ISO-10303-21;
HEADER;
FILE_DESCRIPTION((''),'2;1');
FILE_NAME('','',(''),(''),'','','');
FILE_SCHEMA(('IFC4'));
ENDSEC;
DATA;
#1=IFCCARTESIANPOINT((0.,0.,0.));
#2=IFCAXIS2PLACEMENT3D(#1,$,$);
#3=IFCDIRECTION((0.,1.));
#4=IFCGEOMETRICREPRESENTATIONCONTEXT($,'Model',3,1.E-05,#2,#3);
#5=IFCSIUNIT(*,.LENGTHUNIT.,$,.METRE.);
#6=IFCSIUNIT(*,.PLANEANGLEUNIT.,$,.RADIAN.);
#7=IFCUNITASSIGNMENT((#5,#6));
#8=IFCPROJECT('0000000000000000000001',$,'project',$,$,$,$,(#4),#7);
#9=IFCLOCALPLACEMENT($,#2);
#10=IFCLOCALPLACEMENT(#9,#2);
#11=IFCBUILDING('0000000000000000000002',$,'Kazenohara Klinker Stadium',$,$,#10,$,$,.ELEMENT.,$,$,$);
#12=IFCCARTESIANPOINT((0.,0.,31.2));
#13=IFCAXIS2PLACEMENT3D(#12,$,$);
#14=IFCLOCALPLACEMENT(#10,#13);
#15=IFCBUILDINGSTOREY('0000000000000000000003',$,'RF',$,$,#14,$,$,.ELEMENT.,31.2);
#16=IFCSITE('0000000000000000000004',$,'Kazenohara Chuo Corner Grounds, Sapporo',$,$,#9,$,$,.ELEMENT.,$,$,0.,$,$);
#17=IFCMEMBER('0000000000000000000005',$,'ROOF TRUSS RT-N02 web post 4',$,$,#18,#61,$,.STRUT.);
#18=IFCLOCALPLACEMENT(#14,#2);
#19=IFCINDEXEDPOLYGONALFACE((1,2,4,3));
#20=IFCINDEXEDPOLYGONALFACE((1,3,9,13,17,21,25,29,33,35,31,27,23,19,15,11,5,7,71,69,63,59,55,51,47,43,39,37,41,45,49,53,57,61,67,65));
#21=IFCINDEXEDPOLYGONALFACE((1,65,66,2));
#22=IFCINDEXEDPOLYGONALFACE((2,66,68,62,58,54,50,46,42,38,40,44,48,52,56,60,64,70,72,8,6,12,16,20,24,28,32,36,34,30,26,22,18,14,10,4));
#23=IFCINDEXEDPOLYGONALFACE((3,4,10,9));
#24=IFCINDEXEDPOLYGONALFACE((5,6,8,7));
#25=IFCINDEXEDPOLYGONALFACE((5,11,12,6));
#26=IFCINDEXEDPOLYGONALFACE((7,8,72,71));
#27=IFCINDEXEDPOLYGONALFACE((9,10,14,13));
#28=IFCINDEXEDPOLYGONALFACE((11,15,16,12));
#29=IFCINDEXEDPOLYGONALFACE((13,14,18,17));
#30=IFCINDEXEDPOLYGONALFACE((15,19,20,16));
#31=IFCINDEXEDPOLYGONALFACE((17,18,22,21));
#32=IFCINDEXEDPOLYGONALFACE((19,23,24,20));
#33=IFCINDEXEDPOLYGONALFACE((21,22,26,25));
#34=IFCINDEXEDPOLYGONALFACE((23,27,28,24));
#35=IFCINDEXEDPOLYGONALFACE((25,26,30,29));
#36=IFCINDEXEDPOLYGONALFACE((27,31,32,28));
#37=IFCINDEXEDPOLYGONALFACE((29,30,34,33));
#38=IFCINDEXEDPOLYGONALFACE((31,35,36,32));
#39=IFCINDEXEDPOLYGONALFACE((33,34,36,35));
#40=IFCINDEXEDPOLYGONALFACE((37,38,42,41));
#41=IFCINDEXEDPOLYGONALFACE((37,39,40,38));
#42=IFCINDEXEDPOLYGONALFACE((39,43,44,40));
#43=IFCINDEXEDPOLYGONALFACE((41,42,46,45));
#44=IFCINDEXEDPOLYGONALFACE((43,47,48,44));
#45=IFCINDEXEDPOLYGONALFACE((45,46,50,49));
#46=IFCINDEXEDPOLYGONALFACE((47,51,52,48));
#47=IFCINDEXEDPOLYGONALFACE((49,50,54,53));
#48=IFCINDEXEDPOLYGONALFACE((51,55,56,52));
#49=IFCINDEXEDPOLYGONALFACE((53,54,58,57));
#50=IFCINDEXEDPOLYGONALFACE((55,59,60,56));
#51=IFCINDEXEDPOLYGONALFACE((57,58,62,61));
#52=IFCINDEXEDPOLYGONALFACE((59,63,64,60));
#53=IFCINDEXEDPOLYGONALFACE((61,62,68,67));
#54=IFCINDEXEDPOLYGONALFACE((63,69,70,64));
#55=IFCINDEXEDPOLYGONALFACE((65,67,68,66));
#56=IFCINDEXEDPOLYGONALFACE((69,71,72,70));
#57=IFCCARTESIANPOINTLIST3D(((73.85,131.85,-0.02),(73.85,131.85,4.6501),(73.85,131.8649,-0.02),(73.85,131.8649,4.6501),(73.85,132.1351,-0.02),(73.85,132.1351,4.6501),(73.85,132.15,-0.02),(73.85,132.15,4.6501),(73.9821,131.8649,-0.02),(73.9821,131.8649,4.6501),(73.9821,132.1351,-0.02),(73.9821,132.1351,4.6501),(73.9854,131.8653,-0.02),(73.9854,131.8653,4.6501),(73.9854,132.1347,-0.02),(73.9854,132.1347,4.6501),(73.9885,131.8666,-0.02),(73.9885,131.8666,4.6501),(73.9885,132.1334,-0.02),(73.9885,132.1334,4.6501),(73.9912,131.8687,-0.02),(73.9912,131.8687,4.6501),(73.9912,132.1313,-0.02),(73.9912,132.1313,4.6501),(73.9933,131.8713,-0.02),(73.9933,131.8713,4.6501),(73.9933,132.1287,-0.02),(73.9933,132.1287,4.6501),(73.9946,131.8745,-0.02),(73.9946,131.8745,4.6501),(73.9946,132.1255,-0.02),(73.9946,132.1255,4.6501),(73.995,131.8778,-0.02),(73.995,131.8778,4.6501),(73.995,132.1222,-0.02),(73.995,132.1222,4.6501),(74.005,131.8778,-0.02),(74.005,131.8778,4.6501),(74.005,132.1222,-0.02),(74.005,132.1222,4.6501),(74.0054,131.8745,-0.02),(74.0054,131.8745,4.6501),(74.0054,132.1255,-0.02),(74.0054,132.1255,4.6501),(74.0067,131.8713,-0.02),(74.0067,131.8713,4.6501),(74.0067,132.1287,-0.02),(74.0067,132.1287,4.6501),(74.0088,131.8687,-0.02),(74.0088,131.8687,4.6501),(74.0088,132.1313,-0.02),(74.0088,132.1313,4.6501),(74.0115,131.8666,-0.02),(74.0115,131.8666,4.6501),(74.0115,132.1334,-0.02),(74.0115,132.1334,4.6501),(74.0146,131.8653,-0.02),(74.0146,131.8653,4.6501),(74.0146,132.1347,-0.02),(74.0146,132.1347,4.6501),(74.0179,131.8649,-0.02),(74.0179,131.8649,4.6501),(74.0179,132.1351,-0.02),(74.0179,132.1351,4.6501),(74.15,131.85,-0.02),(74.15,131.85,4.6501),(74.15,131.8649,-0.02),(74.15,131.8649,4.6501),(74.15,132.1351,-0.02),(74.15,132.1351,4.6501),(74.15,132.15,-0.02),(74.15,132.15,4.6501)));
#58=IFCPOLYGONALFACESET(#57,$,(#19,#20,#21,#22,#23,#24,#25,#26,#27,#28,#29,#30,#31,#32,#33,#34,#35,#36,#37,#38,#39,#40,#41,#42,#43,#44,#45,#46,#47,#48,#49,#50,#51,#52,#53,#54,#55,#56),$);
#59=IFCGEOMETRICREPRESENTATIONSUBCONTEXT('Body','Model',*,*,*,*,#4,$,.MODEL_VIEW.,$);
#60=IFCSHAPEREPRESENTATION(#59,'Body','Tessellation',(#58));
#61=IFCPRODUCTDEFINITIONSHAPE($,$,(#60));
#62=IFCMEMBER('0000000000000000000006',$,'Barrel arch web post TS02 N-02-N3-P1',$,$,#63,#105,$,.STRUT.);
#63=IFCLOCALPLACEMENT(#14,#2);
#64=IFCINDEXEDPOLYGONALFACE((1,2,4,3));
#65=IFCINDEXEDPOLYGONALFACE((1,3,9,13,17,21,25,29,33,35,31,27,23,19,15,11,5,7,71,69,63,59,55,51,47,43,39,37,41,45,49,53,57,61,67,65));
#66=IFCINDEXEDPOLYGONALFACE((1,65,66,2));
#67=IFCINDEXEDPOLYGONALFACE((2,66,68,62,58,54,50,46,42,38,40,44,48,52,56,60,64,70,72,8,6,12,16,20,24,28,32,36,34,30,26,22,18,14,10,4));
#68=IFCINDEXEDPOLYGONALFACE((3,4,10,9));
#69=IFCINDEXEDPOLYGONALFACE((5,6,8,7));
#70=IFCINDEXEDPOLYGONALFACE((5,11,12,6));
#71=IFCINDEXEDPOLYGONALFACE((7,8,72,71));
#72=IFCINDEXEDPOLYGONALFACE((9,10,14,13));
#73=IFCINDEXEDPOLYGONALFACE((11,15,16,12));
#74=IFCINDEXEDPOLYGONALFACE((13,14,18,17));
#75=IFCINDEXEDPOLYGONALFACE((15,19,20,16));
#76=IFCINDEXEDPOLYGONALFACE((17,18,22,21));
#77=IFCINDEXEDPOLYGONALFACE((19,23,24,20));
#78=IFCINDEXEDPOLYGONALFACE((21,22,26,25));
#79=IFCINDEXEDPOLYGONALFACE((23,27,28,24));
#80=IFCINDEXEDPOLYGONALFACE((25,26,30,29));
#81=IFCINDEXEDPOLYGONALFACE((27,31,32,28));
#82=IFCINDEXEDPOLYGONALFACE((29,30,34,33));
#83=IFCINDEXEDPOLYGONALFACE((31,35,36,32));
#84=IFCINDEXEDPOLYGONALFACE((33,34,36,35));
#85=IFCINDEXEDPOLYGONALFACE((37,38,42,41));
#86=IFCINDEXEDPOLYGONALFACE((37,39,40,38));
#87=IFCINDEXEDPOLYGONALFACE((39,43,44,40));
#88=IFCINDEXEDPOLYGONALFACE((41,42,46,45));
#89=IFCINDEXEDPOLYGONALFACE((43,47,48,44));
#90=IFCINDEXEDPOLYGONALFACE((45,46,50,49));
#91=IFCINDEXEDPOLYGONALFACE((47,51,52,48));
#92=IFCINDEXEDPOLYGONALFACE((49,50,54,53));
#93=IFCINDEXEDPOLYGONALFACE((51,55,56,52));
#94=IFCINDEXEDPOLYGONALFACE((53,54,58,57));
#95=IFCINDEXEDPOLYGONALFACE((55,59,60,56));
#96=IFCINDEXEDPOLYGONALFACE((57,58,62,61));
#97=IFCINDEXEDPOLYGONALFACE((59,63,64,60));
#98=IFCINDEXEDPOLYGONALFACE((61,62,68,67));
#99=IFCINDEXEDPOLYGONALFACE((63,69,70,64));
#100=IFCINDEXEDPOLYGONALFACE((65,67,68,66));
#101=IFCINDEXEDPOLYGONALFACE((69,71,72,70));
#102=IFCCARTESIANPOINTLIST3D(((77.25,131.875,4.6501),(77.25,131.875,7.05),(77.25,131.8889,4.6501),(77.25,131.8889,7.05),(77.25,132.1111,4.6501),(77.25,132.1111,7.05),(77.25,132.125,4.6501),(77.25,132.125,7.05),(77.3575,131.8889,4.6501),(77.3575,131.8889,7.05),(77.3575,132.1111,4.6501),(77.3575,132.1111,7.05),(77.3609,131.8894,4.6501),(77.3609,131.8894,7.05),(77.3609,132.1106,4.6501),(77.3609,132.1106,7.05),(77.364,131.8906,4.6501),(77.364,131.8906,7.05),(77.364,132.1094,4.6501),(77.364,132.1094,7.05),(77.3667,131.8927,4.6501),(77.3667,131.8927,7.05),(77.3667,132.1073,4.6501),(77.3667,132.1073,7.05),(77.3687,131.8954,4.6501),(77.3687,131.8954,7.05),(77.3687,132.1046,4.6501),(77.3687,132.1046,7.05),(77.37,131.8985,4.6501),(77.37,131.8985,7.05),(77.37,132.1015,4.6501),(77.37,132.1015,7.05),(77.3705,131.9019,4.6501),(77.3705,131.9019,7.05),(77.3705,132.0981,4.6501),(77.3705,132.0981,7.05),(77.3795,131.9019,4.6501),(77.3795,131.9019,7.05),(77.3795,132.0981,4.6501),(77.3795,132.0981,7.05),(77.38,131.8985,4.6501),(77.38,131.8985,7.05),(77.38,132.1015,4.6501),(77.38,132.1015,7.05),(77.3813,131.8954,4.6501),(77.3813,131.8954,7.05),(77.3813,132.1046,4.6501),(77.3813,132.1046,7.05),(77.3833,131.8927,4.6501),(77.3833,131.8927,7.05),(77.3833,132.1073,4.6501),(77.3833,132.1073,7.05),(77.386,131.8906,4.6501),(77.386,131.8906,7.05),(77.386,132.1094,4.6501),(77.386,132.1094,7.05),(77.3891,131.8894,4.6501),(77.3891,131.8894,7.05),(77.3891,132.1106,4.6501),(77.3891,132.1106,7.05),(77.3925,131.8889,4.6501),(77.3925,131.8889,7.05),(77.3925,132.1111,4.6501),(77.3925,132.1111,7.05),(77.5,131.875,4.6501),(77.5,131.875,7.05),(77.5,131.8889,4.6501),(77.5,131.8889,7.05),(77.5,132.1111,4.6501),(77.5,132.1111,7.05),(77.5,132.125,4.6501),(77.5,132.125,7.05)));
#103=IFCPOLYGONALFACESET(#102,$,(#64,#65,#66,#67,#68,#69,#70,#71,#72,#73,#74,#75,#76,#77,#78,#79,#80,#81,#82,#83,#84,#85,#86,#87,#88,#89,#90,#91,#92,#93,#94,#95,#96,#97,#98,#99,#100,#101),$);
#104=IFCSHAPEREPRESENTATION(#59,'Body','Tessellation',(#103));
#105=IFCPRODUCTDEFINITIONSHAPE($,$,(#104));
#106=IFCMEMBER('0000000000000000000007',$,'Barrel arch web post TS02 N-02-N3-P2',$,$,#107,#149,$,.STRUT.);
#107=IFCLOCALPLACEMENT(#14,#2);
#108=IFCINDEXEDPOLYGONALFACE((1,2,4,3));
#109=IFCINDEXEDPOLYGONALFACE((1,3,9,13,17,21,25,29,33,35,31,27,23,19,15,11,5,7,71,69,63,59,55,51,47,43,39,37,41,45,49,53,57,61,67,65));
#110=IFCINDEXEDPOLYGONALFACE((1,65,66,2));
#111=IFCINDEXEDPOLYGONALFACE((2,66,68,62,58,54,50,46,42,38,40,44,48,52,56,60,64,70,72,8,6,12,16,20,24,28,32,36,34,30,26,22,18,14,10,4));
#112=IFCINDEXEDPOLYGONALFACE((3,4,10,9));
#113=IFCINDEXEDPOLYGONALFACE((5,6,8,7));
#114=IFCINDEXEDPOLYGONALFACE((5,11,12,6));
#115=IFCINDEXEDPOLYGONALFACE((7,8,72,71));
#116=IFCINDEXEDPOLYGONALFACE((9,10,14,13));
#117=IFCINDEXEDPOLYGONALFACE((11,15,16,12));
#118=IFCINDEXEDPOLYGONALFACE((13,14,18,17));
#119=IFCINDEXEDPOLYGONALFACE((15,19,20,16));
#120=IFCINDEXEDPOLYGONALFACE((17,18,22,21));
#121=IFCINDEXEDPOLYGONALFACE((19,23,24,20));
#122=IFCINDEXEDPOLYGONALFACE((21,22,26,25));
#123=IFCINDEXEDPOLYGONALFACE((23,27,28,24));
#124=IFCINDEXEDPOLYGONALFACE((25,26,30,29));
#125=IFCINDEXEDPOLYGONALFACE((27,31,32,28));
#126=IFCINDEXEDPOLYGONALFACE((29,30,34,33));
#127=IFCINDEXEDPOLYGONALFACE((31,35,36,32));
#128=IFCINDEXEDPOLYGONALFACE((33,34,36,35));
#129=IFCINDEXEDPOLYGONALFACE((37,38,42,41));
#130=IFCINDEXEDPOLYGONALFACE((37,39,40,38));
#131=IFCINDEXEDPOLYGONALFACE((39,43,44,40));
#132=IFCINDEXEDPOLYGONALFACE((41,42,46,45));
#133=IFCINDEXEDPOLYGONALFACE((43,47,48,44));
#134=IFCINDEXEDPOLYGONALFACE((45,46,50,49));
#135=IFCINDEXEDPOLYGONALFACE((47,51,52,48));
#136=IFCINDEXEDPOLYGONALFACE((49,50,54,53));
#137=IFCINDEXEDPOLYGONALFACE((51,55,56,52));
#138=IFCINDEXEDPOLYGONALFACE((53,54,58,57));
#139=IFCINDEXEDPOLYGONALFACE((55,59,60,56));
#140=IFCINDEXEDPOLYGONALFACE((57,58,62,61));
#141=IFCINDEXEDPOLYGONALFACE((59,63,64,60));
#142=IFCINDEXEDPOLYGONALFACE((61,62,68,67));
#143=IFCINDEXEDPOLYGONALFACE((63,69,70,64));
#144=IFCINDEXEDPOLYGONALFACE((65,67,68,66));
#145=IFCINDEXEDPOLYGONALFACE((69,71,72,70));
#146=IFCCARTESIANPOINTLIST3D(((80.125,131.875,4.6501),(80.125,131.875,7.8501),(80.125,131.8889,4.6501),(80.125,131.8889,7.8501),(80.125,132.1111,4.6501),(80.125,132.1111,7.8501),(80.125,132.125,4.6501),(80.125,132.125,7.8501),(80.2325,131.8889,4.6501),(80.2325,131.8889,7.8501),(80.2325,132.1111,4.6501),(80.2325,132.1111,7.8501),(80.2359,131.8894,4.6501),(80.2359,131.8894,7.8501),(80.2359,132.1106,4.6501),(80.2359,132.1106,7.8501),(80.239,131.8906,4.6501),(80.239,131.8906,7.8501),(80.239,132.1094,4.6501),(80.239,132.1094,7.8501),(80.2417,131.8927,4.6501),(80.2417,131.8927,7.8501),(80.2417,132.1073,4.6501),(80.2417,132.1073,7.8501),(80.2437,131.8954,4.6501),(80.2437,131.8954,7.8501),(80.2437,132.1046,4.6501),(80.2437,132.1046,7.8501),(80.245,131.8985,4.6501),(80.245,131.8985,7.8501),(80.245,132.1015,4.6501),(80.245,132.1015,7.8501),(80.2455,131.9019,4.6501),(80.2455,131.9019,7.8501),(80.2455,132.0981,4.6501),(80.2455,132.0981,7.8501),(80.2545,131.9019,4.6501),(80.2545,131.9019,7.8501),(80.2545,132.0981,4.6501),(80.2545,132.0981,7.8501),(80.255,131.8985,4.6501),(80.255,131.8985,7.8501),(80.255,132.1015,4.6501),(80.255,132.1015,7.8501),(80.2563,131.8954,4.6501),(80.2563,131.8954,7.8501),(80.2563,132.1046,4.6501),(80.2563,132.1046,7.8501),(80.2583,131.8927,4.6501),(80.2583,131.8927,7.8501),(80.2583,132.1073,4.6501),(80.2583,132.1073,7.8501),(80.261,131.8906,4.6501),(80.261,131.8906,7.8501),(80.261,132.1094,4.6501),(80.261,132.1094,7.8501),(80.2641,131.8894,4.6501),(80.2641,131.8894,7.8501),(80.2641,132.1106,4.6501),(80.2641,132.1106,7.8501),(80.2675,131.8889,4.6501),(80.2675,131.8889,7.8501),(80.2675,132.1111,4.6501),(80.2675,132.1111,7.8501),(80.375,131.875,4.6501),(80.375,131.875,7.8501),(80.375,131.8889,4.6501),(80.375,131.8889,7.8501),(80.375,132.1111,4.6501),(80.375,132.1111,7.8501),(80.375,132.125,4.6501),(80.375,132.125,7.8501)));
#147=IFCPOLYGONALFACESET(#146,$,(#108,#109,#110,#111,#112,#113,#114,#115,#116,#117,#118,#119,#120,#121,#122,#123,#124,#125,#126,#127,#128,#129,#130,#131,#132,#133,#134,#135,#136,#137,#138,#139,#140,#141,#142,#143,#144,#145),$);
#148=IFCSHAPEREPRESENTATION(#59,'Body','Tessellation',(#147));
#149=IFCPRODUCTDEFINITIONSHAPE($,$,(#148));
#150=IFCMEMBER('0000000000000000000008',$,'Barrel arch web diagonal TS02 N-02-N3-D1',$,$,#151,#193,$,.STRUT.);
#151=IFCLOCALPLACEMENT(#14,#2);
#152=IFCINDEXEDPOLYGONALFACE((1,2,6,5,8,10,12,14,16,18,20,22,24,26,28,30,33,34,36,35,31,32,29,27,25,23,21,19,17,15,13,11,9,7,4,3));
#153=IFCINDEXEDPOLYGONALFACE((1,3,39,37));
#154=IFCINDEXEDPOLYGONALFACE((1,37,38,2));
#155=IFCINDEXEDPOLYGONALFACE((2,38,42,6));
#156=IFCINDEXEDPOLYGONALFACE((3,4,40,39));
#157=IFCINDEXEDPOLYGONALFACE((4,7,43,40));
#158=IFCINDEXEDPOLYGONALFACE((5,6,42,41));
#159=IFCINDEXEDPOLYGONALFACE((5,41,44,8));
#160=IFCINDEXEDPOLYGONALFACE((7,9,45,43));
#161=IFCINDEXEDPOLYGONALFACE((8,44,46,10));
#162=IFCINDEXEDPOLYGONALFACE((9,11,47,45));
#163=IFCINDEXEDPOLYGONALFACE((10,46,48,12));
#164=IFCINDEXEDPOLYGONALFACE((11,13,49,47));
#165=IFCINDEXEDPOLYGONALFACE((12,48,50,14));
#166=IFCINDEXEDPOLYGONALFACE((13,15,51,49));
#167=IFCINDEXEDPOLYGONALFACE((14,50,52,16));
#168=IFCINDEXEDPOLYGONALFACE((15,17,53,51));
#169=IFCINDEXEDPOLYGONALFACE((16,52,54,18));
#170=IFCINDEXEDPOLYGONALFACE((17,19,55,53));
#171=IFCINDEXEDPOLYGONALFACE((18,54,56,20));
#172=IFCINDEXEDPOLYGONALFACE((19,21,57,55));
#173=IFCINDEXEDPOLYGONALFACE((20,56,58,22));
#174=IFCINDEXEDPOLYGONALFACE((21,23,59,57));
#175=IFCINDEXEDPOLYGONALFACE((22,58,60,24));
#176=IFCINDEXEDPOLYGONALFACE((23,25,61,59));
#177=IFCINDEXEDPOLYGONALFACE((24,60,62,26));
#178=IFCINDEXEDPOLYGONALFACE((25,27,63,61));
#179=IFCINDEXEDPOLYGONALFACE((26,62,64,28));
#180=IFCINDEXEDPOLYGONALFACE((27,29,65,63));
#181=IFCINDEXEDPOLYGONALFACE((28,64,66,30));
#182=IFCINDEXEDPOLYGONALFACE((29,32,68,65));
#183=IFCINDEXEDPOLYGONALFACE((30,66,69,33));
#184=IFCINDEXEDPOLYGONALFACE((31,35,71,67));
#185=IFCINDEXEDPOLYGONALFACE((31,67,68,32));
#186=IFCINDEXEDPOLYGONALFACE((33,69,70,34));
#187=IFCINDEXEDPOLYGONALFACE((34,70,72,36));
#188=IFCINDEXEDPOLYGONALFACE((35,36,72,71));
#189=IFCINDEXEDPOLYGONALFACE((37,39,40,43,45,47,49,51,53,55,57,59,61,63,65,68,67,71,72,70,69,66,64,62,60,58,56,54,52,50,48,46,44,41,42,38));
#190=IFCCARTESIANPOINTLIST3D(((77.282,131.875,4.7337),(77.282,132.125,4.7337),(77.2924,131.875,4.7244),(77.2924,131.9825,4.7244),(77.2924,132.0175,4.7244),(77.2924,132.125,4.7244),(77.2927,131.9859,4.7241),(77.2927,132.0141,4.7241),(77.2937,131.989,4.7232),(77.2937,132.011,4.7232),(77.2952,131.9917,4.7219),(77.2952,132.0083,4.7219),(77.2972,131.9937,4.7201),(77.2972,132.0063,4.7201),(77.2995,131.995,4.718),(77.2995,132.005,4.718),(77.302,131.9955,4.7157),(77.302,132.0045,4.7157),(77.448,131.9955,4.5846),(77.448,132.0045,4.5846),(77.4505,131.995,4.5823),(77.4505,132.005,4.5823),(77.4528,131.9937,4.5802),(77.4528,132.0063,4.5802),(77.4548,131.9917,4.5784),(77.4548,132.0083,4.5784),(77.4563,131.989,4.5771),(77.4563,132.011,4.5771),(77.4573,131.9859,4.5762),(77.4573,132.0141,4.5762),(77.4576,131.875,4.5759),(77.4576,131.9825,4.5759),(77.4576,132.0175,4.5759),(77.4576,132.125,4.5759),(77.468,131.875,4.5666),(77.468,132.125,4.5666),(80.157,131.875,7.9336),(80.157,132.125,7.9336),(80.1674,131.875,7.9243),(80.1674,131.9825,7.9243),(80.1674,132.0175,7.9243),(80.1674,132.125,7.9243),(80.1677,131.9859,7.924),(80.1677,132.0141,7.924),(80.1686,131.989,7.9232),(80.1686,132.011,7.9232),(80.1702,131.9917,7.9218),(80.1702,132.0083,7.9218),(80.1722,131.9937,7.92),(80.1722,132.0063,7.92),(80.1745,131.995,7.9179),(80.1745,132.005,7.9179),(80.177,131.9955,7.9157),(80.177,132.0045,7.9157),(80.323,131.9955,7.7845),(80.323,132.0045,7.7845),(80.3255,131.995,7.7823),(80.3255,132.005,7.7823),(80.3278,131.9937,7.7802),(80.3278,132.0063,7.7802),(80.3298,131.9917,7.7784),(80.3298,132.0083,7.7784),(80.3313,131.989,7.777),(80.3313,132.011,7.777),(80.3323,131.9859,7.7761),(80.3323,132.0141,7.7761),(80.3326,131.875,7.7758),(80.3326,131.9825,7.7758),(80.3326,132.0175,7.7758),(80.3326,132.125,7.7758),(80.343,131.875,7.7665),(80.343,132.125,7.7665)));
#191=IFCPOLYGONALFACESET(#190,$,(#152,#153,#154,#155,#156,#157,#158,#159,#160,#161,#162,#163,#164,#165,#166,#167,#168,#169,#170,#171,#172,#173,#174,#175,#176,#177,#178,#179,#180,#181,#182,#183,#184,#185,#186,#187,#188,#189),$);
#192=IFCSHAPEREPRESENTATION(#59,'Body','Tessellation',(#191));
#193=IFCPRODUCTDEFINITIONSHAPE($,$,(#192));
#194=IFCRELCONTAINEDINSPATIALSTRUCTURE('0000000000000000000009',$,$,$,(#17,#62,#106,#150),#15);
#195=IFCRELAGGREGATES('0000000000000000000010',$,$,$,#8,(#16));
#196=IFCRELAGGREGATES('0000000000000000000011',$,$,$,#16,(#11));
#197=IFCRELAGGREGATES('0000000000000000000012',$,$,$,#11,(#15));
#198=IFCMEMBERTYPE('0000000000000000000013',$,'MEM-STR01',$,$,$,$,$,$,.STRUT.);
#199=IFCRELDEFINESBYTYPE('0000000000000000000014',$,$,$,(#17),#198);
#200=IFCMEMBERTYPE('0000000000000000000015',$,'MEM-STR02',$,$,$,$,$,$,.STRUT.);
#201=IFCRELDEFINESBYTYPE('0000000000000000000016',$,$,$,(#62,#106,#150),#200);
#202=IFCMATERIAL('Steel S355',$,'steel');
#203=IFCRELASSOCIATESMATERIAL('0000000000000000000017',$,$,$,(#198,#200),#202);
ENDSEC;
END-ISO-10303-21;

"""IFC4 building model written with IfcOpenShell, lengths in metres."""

from ifc_helpers import new_model, si_unit, direction, frame, origin, origin_2d, place, context, subcontext, project, spatial, i_section, extrude, material, material_profile, profile_set, type_object, element, save


model = new_model("IFC4")

# Units and contexts
model_context = context("Model", 3, precision=1e-05, world=origin(), true_north=direction((0.0, 1.0)))
body_context = subcontext(model_context, "Body", "Model", "MODEL_VIEW")
ifc_project = project(units=[si_unit("LENGTHUNIT", "METRE"), si_unit("PLANEANGLEUNIT", "RADIAN")], contexts=[model_context])

# Site, building, storey
site_placement = place(None, origin())
site = spatial("IfcSite", under=ifc_project, at=site_placement, Name="Kazenohara Chuo Corner Grounds, Sapporo", CompositionType="ELEMENT", RefElevation=0.0)
building_placement = place(site_placement, origin())
building = spatial("IfcBuilding", under=site, at=building_placement, Name="Kazenohara Klinker Stadium", CompositionType="ELEMENT")
storey_placement = place(building_placement, frame((0.0, 0.0, 31.2)))
storey = spatial("IfcBuildingStorey", under=building, at=storey_placement, Name="RF", CompositionType="ELEMENT", Elevation=31.2)

# Members
ifc_material_1 = material(Name="Steel S355", Category="steel")
ifc_material_profile_1 = material_profile(ifc_material_1, i_section(OverallWidth=0.3, OverallDepth=0.3, WebThickness=0.01, FlangeThickness=0.0149, FilletRadius=0.0129, at=origin_2d()), Name="H-300x300x10x15")
ifc_profile_set_1 = profile_set([ifc_material_profile_1], Name="Steel S355")
member_type_1 = type_object("IfcMemberType", Name="MEM-STR01", PredefinedType="STRUT", material=ifc_profile_set_1)
member_1_placement = place(storey_placement, frame((74.0, 132.0, -0.02), z_axis=(0.0, 0.0, 1.0), x_axis=(1.0, 0.0, 0.0)))
element("IfcMember", 1, at=member_1_placement, inside=storey, type_object=member_type_1, Name="ROOF TRUSS RT-N02 web post 4", PredefinedType="STRUT", context=body_context, shape_type="SweptSolid", body=[
    extrude(i_section(OverallWidth=0.3, OverallDepth=0.3, WebThickness=0.01, FlangeThickness=0.0149, FilletRadius=0.0129, at=origin_2d()), origin(), (0.0, 0.0, 1.0), 4.6702),
])
ifc_material_profile_2 = material_profile(ifc_material_1, i_section(OverallWidth=0.25, OverallDepth=0.25, WebThickness=0.009, FlangeThickness=0.0139, FilletRadius=0.0129, at=origin_2d()), Name="H-250x250x9x14")
ifc_profile_set_2 = profile_set([ifc_material_profile_2], Name="Steel S355")
member_type_2 = type_object("IfcMemberType", Name="MEM-STR02", PredefinedType="STRUT", material=ifc_profile_set_2)
member_2_placement = place(storey_placement, frame((77.375, 132.0, 4.6501), z_axis=(0.0, 0.0, 1.0), x_axis=(1.0, 0.0, 0.0)))
element("IfcMember", 2, at=member_2_placement, inside=storey, type_object=member_type_2, Name="Barrel arch web post TS02 N-02-N3-P1", PredefinedType="STRUT", context=body_context, shape_type="SweptSolid", body=[
    extrude(i_section(OverallWidth=0.25, OverallDepth=0.25, WebThickness=0.009, FlangeThickness=0.0139, FilletRadius=0.0129, at=origin_2d()), origin(), (0.0, 0.0, 1.0), 2.3999),
])
member_3_placement = place(storey_placement, frame((80.25, 132.0, 4.6501), z_axis=(0.0, 0.0, 1.0), x_axis=(1.0, 0.0, 0.0)))
element("IfcMember", 3, at=member_3_placement, inside=storey, type_object=member_type_2, Name="Barrel arch web post TS02 N-02-N3-P2", PredefinedType="STRUT", context=body_context, shape_type="SweptSolid", body=[
    extrude(i_section(OverallWidth=0.25, OverallDepth=0.25, WebThickness=0.009, FlangeThickness=0.0139, FilletRadius=0.0129, at=origin_2d()), origin(), (0.0, 0.0, 1.0), 3.2),
])
member_4_placement = place(storey_placement, frame((77.375, 132.0, 4.6501), z_axis=(0.668328, 0.0, 0.743867), x_axis=(0.0, 1.0, 0.0)))
element("IfcMember", 4, at=member_4_placement, inside=storey, type_object=member_type_2, Name="Barrel arch web diagonal TS02 N-02-N3-D1", PredefinedType="STRUT", context=body_context, shape_type="SweptSolid", body=[
    extrude(i_section(OverallWidth=0.25, OverallDepth=0.25, WebThickness=0.009, FlangeThickness=0.0139, FilletRadius=0.0129, at=origin_2d()), origin(), (0.0, 0.0, 1.0), 4.3018),
])

save(model, "model.ifc")
